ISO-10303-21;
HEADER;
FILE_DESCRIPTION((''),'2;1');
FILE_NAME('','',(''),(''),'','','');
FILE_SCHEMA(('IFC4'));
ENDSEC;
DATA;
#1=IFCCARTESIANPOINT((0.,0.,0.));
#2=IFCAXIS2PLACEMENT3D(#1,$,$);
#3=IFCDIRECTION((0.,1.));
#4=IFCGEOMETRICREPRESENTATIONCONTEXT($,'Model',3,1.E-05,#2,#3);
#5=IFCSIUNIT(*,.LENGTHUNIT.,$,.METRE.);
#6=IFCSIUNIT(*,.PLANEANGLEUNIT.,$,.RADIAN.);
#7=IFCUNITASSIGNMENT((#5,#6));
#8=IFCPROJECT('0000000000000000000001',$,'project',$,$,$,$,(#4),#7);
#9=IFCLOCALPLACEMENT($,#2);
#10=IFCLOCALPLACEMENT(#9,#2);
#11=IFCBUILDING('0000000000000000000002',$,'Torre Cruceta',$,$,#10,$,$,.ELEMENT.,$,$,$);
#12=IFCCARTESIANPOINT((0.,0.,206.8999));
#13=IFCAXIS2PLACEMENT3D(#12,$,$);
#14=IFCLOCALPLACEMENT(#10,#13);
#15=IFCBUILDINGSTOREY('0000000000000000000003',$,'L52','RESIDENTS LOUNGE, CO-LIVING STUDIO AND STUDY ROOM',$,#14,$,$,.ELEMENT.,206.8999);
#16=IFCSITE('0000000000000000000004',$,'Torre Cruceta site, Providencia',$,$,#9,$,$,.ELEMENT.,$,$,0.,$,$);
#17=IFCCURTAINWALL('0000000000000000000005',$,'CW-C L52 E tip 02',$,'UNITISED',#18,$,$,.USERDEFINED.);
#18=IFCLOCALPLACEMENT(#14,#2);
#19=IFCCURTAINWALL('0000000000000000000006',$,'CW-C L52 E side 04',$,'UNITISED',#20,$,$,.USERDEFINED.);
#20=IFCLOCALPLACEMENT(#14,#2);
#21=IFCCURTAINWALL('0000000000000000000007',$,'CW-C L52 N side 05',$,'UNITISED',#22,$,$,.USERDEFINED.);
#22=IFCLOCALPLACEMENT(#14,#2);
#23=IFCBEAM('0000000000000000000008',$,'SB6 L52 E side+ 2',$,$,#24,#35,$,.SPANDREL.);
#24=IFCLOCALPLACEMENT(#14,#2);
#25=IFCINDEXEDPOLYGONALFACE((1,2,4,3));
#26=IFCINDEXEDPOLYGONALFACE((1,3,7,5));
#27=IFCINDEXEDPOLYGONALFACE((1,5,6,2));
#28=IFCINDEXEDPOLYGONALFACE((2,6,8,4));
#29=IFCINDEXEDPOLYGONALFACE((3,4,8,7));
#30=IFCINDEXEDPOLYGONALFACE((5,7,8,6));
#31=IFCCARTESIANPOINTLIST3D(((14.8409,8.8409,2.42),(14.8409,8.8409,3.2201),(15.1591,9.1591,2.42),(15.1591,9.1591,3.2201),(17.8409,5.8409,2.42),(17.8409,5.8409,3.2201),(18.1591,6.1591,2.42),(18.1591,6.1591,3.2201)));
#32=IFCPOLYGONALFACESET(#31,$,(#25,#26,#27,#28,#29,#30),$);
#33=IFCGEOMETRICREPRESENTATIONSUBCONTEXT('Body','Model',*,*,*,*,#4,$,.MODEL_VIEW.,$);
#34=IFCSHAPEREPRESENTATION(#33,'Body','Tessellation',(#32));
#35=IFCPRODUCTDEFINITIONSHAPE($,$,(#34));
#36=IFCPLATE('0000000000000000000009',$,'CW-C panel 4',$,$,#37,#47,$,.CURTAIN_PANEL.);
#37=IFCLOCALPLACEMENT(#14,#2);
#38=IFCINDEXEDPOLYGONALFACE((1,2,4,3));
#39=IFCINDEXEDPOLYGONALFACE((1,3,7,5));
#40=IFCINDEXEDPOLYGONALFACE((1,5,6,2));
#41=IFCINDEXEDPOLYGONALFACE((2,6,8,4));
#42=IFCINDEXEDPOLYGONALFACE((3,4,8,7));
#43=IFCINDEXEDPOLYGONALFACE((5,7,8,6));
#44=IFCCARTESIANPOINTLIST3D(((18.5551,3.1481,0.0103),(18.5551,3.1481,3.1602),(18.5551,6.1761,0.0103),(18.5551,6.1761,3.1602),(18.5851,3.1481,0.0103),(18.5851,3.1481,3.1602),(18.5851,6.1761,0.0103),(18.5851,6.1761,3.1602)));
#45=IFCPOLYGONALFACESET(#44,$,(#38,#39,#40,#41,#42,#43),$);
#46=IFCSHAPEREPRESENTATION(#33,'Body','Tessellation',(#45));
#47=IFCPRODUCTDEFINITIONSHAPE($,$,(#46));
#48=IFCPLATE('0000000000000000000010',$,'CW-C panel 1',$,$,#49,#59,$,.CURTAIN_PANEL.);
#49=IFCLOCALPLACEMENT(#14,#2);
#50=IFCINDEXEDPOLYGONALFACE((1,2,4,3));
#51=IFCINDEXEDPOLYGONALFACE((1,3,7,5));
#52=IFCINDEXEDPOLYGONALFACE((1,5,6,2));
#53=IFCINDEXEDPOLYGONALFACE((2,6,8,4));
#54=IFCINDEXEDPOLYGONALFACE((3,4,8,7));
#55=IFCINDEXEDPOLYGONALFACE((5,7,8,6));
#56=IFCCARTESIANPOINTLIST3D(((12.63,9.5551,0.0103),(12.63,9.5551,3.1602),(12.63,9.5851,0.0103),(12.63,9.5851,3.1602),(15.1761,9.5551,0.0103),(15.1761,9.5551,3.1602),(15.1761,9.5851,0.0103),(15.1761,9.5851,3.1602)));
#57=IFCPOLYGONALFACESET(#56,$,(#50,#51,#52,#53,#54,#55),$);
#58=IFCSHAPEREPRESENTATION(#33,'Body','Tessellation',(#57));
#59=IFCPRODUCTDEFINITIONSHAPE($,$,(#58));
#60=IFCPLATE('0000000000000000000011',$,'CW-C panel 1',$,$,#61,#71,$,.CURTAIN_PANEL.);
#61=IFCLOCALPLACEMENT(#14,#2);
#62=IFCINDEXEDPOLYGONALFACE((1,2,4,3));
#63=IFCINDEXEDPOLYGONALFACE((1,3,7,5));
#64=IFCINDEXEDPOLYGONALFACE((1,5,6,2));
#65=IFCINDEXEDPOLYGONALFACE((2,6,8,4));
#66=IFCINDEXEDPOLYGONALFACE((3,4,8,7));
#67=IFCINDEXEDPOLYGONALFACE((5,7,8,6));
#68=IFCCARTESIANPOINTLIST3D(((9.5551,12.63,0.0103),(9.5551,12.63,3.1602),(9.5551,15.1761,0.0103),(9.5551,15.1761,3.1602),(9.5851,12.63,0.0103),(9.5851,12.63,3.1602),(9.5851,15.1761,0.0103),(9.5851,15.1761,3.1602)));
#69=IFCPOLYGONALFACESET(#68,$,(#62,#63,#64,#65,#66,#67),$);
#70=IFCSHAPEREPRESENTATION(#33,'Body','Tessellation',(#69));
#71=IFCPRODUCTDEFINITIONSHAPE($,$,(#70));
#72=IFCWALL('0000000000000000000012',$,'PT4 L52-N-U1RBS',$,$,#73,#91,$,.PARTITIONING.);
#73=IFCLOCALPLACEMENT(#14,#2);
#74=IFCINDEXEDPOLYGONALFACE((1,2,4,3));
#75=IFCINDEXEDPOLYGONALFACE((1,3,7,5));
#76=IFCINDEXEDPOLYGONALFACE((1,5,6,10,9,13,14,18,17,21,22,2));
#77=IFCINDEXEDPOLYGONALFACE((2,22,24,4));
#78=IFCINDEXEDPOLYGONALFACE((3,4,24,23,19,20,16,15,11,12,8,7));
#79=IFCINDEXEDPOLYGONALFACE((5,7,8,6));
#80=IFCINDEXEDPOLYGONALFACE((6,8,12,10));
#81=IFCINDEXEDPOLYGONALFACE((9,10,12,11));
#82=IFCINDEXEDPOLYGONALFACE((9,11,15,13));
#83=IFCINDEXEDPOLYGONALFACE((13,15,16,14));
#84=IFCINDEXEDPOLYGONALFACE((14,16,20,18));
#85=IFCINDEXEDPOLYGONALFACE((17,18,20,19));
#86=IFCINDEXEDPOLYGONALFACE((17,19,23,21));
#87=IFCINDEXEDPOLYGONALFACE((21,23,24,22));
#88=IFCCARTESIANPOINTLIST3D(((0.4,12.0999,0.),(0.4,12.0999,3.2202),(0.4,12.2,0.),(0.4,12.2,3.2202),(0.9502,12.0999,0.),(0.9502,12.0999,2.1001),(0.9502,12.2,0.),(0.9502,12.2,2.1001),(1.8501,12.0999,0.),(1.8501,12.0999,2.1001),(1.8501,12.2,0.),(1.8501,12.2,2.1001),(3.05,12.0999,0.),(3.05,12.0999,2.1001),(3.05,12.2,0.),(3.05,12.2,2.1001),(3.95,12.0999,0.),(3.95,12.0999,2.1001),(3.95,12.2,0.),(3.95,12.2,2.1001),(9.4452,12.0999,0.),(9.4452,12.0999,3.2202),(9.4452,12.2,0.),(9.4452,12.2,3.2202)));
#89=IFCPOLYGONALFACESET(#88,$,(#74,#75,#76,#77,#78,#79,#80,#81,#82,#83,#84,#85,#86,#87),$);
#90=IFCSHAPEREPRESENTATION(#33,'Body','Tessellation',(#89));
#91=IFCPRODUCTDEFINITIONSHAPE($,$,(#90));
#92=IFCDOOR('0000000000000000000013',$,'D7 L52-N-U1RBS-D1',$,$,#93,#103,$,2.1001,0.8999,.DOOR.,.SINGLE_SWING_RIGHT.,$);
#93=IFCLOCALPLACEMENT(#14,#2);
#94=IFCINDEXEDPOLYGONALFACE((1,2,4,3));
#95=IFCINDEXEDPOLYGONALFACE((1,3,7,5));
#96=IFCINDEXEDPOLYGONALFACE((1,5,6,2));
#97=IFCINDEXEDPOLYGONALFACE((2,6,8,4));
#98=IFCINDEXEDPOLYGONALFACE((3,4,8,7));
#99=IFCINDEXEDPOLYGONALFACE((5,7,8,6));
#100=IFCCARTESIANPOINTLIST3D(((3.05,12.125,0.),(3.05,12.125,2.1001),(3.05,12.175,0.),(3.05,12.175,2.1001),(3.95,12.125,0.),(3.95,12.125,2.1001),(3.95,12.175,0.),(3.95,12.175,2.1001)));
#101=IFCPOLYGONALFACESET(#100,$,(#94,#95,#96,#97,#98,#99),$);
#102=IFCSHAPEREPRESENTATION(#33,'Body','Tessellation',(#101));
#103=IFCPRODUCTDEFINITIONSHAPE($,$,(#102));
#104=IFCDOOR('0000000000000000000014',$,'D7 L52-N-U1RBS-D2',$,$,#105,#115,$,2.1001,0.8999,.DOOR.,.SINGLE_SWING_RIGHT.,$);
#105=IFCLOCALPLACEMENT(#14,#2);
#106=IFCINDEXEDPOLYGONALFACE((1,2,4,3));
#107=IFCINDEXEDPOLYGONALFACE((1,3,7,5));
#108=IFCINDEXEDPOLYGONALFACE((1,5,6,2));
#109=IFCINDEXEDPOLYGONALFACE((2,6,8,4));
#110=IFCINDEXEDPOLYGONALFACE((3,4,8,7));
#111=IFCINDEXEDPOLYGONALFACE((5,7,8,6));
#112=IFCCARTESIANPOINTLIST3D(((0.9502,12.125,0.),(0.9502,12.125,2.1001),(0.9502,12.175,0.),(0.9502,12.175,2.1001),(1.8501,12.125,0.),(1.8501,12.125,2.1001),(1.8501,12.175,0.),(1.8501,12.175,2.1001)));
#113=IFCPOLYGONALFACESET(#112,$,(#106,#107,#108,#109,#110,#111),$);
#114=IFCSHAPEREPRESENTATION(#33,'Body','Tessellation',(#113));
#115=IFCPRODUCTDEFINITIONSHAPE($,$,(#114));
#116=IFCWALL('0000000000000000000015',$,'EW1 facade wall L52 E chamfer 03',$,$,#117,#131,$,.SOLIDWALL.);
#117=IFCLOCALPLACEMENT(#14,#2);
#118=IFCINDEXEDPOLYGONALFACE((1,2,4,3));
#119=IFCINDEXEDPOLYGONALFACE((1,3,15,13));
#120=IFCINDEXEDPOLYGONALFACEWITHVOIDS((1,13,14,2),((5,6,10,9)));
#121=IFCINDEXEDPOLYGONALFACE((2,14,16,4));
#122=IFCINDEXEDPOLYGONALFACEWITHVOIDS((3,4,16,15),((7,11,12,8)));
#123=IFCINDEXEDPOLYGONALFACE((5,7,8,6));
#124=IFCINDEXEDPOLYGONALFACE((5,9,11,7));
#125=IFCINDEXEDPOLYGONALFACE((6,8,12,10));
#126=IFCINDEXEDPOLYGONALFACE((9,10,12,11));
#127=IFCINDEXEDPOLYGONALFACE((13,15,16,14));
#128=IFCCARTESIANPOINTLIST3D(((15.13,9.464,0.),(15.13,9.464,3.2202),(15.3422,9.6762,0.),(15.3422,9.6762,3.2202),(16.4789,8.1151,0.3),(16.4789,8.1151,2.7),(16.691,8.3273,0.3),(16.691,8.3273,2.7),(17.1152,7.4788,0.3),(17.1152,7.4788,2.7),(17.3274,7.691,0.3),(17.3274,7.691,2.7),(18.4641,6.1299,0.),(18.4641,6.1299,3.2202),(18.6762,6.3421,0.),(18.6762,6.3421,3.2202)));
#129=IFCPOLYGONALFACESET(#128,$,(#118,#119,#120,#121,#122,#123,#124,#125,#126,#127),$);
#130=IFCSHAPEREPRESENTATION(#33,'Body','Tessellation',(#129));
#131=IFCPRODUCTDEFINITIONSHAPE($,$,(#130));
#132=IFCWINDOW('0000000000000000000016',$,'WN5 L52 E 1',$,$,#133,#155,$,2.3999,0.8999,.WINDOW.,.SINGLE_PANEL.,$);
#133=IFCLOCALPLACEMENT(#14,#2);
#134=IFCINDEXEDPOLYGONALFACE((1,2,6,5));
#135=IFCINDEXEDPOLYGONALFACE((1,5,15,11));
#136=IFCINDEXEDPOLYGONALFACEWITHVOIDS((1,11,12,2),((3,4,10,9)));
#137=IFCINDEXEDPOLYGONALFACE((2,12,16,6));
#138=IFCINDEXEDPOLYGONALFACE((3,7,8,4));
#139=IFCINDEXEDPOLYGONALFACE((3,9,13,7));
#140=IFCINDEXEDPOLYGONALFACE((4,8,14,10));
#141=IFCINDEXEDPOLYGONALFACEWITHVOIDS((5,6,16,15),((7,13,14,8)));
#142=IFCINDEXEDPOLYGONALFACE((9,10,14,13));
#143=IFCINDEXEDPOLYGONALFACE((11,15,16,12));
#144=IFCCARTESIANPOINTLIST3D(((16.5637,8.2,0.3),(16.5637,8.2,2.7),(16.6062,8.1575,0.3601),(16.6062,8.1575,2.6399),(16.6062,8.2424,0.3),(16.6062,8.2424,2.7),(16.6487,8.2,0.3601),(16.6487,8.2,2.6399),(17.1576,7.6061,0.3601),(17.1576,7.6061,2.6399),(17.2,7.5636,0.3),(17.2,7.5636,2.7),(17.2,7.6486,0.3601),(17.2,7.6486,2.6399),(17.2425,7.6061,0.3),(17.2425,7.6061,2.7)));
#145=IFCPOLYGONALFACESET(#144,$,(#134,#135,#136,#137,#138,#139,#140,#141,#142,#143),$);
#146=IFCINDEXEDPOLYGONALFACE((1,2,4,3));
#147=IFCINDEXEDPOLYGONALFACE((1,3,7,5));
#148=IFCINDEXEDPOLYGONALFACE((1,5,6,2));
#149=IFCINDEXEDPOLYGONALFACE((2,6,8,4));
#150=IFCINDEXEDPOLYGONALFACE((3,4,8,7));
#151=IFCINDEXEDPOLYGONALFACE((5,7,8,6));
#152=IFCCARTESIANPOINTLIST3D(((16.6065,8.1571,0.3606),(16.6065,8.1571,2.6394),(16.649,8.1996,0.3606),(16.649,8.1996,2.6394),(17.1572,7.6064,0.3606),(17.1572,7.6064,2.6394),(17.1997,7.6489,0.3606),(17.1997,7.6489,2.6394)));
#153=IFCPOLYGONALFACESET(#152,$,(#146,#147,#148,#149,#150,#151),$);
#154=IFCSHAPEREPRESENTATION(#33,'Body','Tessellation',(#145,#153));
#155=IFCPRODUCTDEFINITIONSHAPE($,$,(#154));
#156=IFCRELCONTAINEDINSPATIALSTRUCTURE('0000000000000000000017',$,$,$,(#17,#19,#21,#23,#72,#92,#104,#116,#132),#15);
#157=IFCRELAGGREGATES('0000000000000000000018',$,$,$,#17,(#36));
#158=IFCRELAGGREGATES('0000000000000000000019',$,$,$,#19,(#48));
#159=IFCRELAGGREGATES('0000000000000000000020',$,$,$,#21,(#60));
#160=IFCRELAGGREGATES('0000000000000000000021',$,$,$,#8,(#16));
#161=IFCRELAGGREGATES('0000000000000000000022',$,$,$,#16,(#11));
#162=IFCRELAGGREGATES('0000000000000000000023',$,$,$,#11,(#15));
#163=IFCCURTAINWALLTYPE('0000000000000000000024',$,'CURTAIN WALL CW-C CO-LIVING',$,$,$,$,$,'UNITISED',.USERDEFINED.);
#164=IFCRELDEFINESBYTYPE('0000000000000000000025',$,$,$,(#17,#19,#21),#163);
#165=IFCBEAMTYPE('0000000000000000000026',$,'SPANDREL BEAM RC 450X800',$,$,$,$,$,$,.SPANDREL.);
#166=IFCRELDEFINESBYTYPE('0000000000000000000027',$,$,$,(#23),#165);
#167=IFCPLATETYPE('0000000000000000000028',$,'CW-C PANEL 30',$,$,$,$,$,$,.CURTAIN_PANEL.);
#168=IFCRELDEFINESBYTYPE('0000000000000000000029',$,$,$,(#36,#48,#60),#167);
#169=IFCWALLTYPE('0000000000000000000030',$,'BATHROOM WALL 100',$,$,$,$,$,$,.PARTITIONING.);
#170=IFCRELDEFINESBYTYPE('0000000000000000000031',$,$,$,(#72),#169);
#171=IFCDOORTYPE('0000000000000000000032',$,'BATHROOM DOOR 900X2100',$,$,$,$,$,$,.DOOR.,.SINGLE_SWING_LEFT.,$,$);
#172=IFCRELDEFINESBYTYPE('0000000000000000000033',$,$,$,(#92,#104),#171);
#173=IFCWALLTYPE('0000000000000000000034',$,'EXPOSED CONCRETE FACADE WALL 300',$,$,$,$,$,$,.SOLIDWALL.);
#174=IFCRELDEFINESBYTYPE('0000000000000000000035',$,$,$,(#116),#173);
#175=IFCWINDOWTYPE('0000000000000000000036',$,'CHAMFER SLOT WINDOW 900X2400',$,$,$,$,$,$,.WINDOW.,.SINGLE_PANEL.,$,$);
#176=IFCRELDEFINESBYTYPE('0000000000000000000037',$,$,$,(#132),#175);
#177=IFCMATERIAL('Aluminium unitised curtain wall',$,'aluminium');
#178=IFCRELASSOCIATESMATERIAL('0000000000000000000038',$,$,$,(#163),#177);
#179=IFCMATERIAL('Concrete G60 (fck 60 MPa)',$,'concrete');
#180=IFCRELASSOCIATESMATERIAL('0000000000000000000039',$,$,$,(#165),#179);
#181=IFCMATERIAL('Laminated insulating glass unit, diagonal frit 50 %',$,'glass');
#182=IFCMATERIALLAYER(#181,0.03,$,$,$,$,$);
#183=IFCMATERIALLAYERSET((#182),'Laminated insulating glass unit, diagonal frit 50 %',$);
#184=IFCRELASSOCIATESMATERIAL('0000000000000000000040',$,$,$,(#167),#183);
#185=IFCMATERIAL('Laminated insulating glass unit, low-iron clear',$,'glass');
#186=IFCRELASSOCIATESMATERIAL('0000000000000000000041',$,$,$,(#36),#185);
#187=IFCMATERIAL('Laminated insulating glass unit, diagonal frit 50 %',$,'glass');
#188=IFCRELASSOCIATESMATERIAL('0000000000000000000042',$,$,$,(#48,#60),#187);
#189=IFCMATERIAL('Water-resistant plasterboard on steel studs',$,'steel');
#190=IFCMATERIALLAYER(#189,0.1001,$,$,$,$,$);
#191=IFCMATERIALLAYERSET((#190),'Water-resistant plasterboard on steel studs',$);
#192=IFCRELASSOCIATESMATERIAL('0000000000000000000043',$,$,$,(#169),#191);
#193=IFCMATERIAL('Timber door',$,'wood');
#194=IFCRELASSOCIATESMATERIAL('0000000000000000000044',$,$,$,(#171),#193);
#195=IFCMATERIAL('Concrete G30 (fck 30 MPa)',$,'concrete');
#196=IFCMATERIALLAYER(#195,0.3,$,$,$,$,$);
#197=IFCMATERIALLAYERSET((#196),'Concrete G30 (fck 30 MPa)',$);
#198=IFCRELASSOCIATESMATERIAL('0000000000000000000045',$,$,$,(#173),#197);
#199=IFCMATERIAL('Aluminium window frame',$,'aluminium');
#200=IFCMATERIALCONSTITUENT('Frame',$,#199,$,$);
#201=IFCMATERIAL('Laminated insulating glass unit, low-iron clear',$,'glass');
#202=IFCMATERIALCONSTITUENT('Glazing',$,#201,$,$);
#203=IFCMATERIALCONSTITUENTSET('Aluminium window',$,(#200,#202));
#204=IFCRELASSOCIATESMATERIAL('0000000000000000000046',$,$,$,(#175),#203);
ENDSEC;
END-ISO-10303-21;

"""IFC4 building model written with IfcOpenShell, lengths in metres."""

from ifc_helpers import new_model, si_unit, direction, frame, frame_2d, origin, origin_2d, place, context, subcontext, project, spatial, rectangle, hollow_rectangle, extrude, material, layer, layer_set, constituent, constituent_set, material_profile, profile_set, type_object, element, fill, aggregate, save


model = new_model("IFC4")

# Units and contexts
model_context = context("Model", 3, precision=1e-05, world=origin(), true_north=direction((0.0, 1.0)))
body_context = subcontext(model_context, "Body", "Model", "MODEL_VIEW")
ifc_project = project(units=[si_unit("LENGTHUNIT", "METRE"), si_unit("PLANEANGLEUNIT", "RADIAN")], contexts=[model_context])

# Site, building, storey
site_placement = place(None, origin())
site = spatial("IfcSite", under=ifc_project, at=site_placement, Name="Torre Cruceta site, Providencia", CompositionType="ELEMENT", RefElevation=0.0)
building_placement = place(site_placement, origin())
building = spatial("IfcBuilding", under=site, at=building_placement, Name="Torre Cruceta", CompositionType="ELEMENT")
storey_placement = place(building_placement, frame((0.0, 0.0, 206.8999)))
storey = spatial("IfcBuildingStorey", under=building, at=storey_placement, Name="L52", Description="RESIDENTS LOUNGE, CO-LIVING STUDIO AND STUDY ROOM", CompositionType="ELEMENT", Elevation=206.8999)

# Curtain wall
ifc_material_1 = material(Name="Aluminium unitised curtain wall", Category="aluminium")
curtain_wall_type = type_object("IfcCurtainWallType", Name="CURTAIN WALL CW-C CO-LIVING", ElementType="UNITISED", PredefinedType="USERDEFINED", material=ifc_material_1)
curtain_wall_1_placement = place(storey_placement, origin())
curtain_wall_1 = element("IfcCurtainWall", 1, at=curtain_wall_1_placement, inside=storey, type_object=curtain_wall_type, Name="CW-C L52 E tip 02", ObjectType="UNITISED", PredefinedType="USERDEFINED")

# Curtain walls
curtain_wall_2_placement = place(storey_placement, origin())
curtain_wall_2 = element("IfcCurtainWall", 2, at=curtain_wall_2_placement, inside=storey, type_object=curtain_wall_type, Name="CW-C L52 E side 04", ObjectType="UNITISED", PredefinedType="USERDEFINED")
curtain_wall_3_placement = place(storey_placement, origin())
curtain_wall_3 = element("IfcCurtainWall", 3, at=curtain_wall_3_placement, inside=storey, type_object=curtain_wall_type, Name="CW-C L52 N side 05", ObjectType="UNITISED", PredefinedType="USERDEFINED")

# Beam
ifc_material_2 = material(Name="Concrete G60 (fck 60 MPa)", Category="concrete")
ifc_material_profile_1 = material_profile(ifc_material_2, rectangle(XDim=0.45, YDim=0.8, at=origin_2d()), Name="RC 450X800")
ifc_profile_set_1 = profile_set([ifc_material_profile_1], Name="Concrete G60 (fck 60 MPa)")
beam_type_1 = type_object("IfcBeamType", Name="SPANDREL BEAM RC 450X800", PredefinedType="SPANDREL", material=ifc_profile_set_1)
beam_1_placement = place(storey_placement, frame((15.0, 9.0, 2.8201), z_axis=(0.707107, -0.707107, 0.0), x_axis=(0.707107, 0.707107, 0.0)))
element("IfcBeam", 4, at=beam_1_placement, inside=storey, type_object=beam_type_1, Name="SB6 L52 E side+ 2", PredefinedType="SPANDREL", context=body_context, shape_type="SweptSolid", body=[
    extrude(rectangle(XDim=0.45, YDim=0.8, at=origin_2d()), origin(), (0.0, 0.0, 1.0), 4.2427),
])

# Plates
ifc_material_3 = material(Name="Laminated insulating glass unit, low-iron clear", Category="glass")
ifc_material_4 = material(Name="Laminated insulating glass unit, diagonal frit 50 %", Category="glass")
ifc_layer_1 = layer(ifc_material_4, 0.03)
ifc_layer_set_1 = layer_set([ifc_layer_1], Name="Laminated insulating glass unit, diagonal frit 50 %")
plate_type = type_object("IfcPlateType", Name="CW-C PANEL 30", PredefinedType="CURTAIN_PANEL", material=ifc_layer_set_1)
plate_1_placement = place(storey_placement, frame((18.5701, 4.6621, 0.0103), z_axis=(0.0, 0.0, 1.0), x_axis=(0.0, 1.0, 0.0)))
plate_1 = element("IfcPlate", 5, at=plate_1_placement, type_object=plate_type, material=ifc_material_3, Name="CW-C panel 4", PredefinedType="CURTAIN_PANEL", context=body_context, shape_type="SweptSolid", body=[
    extrude(rectangle(XDim=3.0281, YDim=0.03, at=origin_2d()), origin(), (0.0, 0.0, 1.0), 3.1499),
])
aggregate(curtain_wall_1, [plate_1])
ifc_material_5 = material(Name="Laminated insulating glass unit, diagonal frit 50 %", Category="glass")
plate_2_placement = place(storey_placement, frame((13.9031, 9.5701, 0.0103), z_axis=(0.0, 0.0, 1.0), x_axis=(-1.0, 0.0, 0.0)))
plate_2 = element("IfcPlate", 6, at=plate_2_placement, type_object=plate_type, material=ifc_material_5, Name="CW-C panel 1", PredefinedType="CURTAIN_PANEL", context=body_context, shape_type="SweptSolid", body=[
    extrude(rectangle(XDim=2.5461, YDim=0.03, at=origin_2d()), origin(), (0.0, 0.0, 1.0), 3.1499),
])
aggregate(curtain_wall_2, [plate_2])
plate_3_placement = place(storey_placement, frame((9.5701, 13.9031, 0.0103), z_axis=(0.0, 0.0, 1.0), x_axis=(0.0, 1.0, 0.0)))
plate_3 = element("IfcPlate", 7, at=plate_3_placement, type_object=plate_type, material=ifc_material_5, Name="CW-C panel 1", PredefinedType="CURTAIN_PANEL", context=body_context, shape_type="SweptSolid", body=[
    extrude(rectangle(XDim=2.5461, YDim=0.03, at=origin_2d()), origin(), (0.0, 0.0, 1.0), 3.1499),
])
aggregate(curtain_wall_3, [plate_3])

# Wall, openings, doors
ifc_material_6 = material(Name="Water-resistant plasterboard on steel studs", Category="steel")
ifc_layer_2 = layer(ifc_material_6, 0.1001)
ifc_layer_set_2 = layer_set([ifc_layer_2], Name="Water-resistant plasterboard on steel studs")
wall_type_1 = type_object("IfcWallType", Name="BATHROOM WALL 100", PredefinedType="PARTITIONING", material=ifc_layer_set_2)
wall_1_placement = place(storey_placement, frame((9.4451, 12.1499, 0.0), z_axis=(0.0, 0.0, 1.0), x_axis=(-1.0, 0.0, 0.0)))
wall_1 = element("IfcWall", 8, at=wall_1_placement, inside=storey, type_object=wall_type_1, Name="PT4 L52-N-U1RBS", PredefinedType="PARTITIONING", context=body_context, shape_type="SweptSolid", body=[
    extrude(rectangle(XDim=9.0452, YDim=0.1001, at=frame_2d((4.5225, 0.0))), origin(), (0.0, 0.0, 1.0), 3.2202),
])
opening_1_placement = place(wall_1_placement, frame((5.4951, 0.0, 0.0)))
opening_1 = element("IfcOpeningElement", 9, at=opening_1_placement, cuts=wall_1, PredefinedType="OPENING", context=body_context, shape_type="SweptSolid", body=[
    extrude(rectangle(XDim=0.8999, YDim=2.1001, at=frame_2d((0.45, 1.05))), frame((0.0, 0.0601, 0.0), z_axis=(0.0, -1.0, 0.0), x_axis=(1.0, 0.0, 0.0)), (0.0, 0.0, 1.0), 0.1201),
])
opening_2_placement = place(wall_1_placement, frame((7.595, 0.0, 0.0)))
opening_2 = element("IfcOpeningElement", 10, at=opening_2_placement, cuts=wall_1, PredefinedType="OPENING", context=body_context, shape_type="SweptSolid", body=[
    extrude(rectangle(XDim=0.8999, YDim=2.1001, at=frame_2d((0.45, 1.05))), frame((0.0, 0.0601, 0.0), z_axis=(0.0, -1.0, 0.0), x_axis=(1.0, 0.0, 0.0)), (0.0, 0.0, 1.0), 0.1201),
])
ifc_material_7 = material(Name="Timber door", Category="wood")
door_type_1 = type_object("IfcDoorType", Name="BATHROOM DOOR 900X2100", OperationType="SINGLE_SWING_LEFT", PredefinedType="DOOR", material=ifc_material_7)
door_1_placement = place(opening_1_placement, origin())
door_1 = element("IfcDoor", 11, at=door_1_placement, inside=storey, type_object=door_type_1, Name="D7 L52-N-U1RBS-D1", OperationType="SINGLE_SWING_RIGHT", OverallHeight=2.1001, OverallWidth=0.8999, PredefinedType="DOOR", context=body_context, shape_type="SweptSolid", body=[
    extrude(rectangle(XDim=0.8999, YDim=2.1001, at=frame_2d((0.45, 1.05))), frame((0.0, 0.0249, 0.0), z_axis=(0.0, -1.0, 0.0), x_axis=(1.0, 0.0, 0.0)), (0.0, 0.0, 1.0), 0.05),
])
fill(opening_1, door_1)
door_2_placement = place(opening_2_placement, origin())
door_2 = element("IfcDoor", 12, at=door_2_placement, inside=storey, type_object=door_type_1, Name="D7 L52-N-U1RBS-D2", OperationType="SINGLE_SWING_RIGHT", OverallHeight=2.1001, OverallWidth=0.8999, PredefinedType="DOOR", context=body_context, shape_type="SweptSolid", body=[
    extrude(rectangle(XDim=0.8999, YDim=2.1001, at=frame_2d((0.45, 1.05))), frame((0.0, 0.0249, 0.0), z_axis=(0.0, -1.0, 0.0), x_axis=(1.0, 0.0, 0.0)), (0.0, 0.0, 1.0), 0.05),
])
fill(opening_2, door_2)

# Wall, opening, window
ifc_material_8 = material(Name="Concrete G30 (fck 30 MPa)", Category="concrete")
ifc_layer_3 = layer(ifc_material_8, 0.3)
ifc_layer_set_3 = layer_set([ifc_layer_3], Name="Concrete G30 (fck 30 MPa)")
wall_type_2 = type_object("IfcWallType", Name="EXPOSED CONCRETE FACADE WALL 300", PredefinedType="SOLIDWALL", material=ifc_layer_set_3)
wall_2_placement = place(storey_placement, frame((18.5701, 6.2361, 0.0), z_axis=(0.0, 0.0, 1.0), x_axis=(-0.707107, 0.707107, 0.0)))
wall_2 = element("IfcWall", 13, at=wall_2_placement, inside=storey, type_object=wall_type_2, Name="EW1 facade wall L52 E chamfer 03", PredefinedType="SOLIDWALL", context=body_context, shape_type="SweptSolid", body=[
    extrude(rectangle(XDim=4.7151, YDim=0.3, at=frame_2d((2.3574, 0.0))), origin(), (0.0, 0.0, 1.0), 3.2202),
])
opening_3_placement = place(wall_2_placement, frame((1.9075, 0.0, 0.3)))
opening_3 = element("IfcOpeningElement", 14, at=opening_3_placement, cuts=wall_2, PredefinedType="OPENING", context=body_context, shape_type="SweptSolid", body=[
    extrude(rectangle(XDim=0.8999, YDim=2.3999, at=frame_2d((0.45, 1.2))), frame((0.0, 0.1599, 0.0), z_axis=(0.0, -1.0, 0.0), x_axis=(1.0, 0.0, 0.0)), (0.0, 0.0, 1.0), 0.3201),
])
ifc_material_9 = material(Name="Aluminium window frame", Category="aluminium")
ifc_constituent_1 = constituent(ifc_material_9, Name="Frame")
ifc_material_10 = material(Name="Laminated insulating glass unit, low-iron clear", Category="glass")
ifc_constituent_2 = constituent(ifc_material_10, Name="Glazing")
ifc_constituent_set_1 = constituent_set(constituents=[ifc_constituent_1, ifc_constituent_2], Name="Aluminium window")
window_type = type_object("IfcWindowType", Name="CHAMFER SLOT WINDOW 900X2400", PartitioningType="SINGLE_PANEL", PredefinedType="WINDOW", material=ifc_constituent_set_1)
window_1_placement = place(opening_3_placement, origin())
window_1 = element("IfcWindow", 15, at=window_1_placement, inside=storey, type_object=window_type, Name="WN5 L52 E 1", OverallHeight=2.3999, OverallWidth=0.8999, PartitioningType="SINGLE_PANEL", PredefinedType="WINDOW", context=body_context, shape_type="SweptSolid", body=[
    extrude(hollow_rectangle(XDim=0.8999, YDim=2.3999, WallThickness=0.0601, at=frame_2d((0.45, 1.2))), frame((0.0, 0.03, 0.0), z_axis=(0.0, -1.0, 0.0), x_axis=(1.0, 0.0, 0.0)), (0.0, 0.0, 1.0), 0.0601),
    extrude(rectangle(XDim=0.7788, YDim=2.2788, at=frame_2d((0.45, 1.2))), frame((0.0, 0.03, 0.0), z_axis=(0.0, -1.0, 0.0), x_axis=(1.0, 0.0, 0.0)), (0.0, 0.0, 1.0), 0.0601),
])
fill(opening_3, window_1)

save(model, "model.ifc")
